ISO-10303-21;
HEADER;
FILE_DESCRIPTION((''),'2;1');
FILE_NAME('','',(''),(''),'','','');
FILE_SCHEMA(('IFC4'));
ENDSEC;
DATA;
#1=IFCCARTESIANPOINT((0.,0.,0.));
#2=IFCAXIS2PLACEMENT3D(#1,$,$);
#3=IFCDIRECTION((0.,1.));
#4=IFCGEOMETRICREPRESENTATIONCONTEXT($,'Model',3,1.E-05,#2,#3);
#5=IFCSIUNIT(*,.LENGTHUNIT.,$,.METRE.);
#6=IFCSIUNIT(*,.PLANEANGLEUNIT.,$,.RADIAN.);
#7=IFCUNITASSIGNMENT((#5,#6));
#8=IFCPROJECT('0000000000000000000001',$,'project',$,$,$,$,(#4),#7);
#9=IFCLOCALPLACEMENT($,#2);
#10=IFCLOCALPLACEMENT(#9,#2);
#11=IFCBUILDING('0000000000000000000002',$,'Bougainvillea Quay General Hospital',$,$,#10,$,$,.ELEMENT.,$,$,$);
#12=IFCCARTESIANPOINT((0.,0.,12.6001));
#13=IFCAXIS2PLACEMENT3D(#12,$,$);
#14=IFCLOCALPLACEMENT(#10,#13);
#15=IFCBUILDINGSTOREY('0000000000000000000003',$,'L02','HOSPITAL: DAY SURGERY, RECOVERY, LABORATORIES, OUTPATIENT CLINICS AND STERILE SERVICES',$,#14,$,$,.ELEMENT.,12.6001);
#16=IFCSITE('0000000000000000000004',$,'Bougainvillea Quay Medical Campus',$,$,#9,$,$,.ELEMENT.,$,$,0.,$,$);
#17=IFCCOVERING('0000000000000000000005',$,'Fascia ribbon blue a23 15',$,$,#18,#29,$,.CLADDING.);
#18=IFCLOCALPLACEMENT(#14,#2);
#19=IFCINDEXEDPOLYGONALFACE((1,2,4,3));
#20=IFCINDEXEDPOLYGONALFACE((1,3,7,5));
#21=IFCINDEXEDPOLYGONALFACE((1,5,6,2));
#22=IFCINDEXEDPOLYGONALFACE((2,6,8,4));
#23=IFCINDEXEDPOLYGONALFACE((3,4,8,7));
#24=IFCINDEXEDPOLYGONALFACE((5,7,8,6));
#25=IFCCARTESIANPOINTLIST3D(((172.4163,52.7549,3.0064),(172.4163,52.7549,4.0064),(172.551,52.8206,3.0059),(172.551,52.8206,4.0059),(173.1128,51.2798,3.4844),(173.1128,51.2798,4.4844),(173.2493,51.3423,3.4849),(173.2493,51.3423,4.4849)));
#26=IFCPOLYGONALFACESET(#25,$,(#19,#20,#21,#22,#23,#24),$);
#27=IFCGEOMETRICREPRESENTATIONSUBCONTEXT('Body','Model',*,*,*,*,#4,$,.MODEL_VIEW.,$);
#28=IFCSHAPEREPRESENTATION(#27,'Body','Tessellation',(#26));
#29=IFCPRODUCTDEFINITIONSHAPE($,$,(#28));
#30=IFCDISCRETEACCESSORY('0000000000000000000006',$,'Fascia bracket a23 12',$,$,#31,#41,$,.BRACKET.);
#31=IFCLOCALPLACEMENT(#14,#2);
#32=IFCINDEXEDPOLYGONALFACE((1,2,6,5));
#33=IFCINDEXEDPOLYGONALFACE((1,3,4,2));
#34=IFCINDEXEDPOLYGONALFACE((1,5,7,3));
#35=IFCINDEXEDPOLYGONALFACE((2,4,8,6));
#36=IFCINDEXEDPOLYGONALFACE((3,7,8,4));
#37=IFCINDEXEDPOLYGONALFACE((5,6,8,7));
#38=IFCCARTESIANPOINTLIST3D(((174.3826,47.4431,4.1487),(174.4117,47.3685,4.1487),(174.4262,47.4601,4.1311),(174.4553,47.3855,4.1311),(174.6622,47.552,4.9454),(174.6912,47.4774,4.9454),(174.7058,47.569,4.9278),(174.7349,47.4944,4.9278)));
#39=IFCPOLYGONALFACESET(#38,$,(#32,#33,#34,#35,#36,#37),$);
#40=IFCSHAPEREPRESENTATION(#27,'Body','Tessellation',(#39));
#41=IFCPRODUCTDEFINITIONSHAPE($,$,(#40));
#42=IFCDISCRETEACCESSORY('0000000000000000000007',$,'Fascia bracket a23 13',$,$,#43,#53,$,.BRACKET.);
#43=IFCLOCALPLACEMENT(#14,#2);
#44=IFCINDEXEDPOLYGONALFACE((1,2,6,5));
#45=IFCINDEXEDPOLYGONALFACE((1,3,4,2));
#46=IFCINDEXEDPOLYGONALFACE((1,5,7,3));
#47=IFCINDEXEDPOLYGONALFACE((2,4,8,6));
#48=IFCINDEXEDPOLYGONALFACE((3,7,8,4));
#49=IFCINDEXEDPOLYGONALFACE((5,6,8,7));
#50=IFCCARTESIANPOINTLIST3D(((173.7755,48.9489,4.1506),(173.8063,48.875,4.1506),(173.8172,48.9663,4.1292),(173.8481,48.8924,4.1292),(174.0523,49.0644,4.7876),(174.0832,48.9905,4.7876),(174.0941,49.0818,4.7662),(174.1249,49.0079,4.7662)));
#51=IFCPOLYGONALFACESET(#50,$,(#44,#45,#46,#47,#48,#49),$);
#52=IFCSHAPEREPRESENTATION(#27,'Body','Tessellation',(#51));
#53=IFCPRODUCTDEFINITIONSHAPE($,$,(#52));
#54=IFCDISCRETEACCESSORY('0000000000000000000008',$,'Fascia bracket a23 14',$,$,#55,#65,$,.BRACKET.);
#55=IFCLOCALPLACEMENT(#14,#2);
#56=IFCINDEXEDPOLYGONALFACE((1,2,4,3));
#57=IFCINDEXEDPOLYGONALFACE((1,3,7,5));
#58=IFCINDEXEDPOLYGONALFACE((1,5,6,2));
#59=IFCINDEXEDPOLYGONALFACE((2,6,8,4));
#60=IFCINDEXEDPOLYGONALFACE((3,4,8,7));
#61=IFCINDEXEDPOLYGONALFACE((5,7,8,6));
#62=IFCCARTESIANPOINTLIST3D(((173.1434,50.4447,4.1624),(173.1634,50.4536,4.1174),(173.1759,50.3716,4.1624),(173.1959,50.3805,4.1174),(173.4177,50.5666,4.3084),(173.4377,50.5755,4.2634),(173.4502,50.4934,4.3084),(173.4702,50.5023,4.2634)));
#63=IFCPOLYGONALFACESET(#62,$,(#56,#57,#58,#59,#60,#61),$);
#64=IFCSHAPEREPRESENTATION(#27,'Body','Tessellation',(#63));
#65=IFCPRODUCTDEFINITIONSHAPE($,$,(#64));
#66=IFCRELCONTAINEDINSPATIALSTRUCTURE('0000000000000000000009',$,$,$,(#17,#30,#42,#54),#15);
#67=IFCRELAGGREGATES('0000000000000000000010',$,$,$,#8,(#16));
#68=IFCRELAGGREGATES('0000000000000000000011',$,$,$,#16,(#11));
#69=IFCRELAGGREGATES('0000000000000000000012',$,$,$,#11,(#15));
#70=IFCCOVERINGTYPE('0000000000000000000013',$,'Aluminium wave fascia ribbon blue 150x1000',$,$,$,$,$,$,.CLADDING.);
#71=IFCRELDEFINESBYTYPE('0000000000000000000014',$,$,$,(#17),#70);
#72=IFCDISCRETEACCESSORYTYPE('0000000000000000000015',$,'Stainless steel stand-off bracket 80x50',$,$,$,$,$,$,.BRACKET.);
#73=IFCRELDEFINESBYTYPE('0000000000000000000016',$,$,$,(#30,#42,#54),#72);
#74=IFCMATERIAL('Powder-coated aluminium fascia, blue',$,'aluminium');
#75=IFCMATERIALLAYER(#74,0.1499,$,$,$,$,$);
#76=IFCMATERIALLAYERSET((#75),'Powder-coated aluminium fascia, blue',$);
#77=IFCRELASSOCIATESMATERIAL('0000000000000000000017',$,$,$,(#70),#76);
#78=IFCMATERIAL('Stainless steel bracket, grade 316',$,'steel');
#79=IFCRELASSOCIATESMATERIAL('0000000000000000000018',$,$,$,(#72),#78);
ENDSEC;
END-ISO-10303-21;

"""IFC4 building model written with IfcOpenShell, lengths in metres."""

from ifc_helpers import new_model, si_unit, direction, frame, origin, origin_2d, place, context, subcontext, project, spatial, polyline, rectangle, outline, extrude, material, layer, layer_set, material_profile, profile_set, type_object, element, save


model = new_model("IFC4")

# Units and contexts
model_context = context("Model", 3, precision=1e-05, world=origin(), true_north=direction((0.0, 1.0)))
body_context = subcontext(model_context, "Body", "Model", "MODEL_VIEW")
ifc_project = project(units=[si_unit("LENGTHUNIT", "METRE"), si_unit("PLANEANGLEUNIT", "RADIAN")], contexts=[model_context])

# Site, building, storey
site_placement = place(None, origin())
site = spatial("IfcSite", under=ifc_project, at=site_placement, Name="Bougainvillea Quay Medical Campus", CompositionType="ELEMENT", RefElevation=0.0)
building_placement = place(site_placement, origin())
building = spatial("IfcBuilding", under=site, at=building_placement, Name="Bougainvillea Quay General Hospital", CompositionType="ELEMENT")
storey_placement = place(building_placement, frame((0.0, 0.0, 12.6001)))
storey = spatial("IfcBuildingStorey", under=building, at=storey_placement, Name="L02", Description="HOSPITAL: DAY SURGERY, RECOVERY, LABORATORIES, OUTPATIENT CLINICS AND STERILE SERVICES", CompositionType="ELEMENT", Elevation=12.6001)

# Covering
ifc_material_1 = material(Name="Powder-coated aluminium fascia, blue", Category="aluminium")
ifc_layer_1 = layer(ifc_material_1, 0.1499)
ifc_layer_set_1 = layer_set([ifc_layer_1], Name="Powder-coated aluminium fascia, blue")
covering_type = type_object("IfcCoveringType", Name="Aluminium wave fascia ribbon blue 150x1000", PredefinedType="CLADDING", material=ifc_layer_set_1)
covering_1_placement = place(storey_placement, frame((173.1128, 51.2798, 3.4844), z_axis=(-0.120138, 0.254235, 0.959652), x_axis=(-0.409758, 0.867773, -0.281192)))
element("IfcCovering", 1, at=covering_1_placement, inside=storey, type_object=covering_type, Name="Fascia ribbon blue a23 15", PredefinedType="CLADDING", context=body_context, shape_type="SweptSolid", body=[
    extrude(outline(polyline([(0.0, 0.0), (1.6999, 0.0), (1.7018, -0.1499), (-0.0018, -0.1501), (0.0, 0.0)])), origin(), (-0.281192, -0.000078, 0.959652), 1.0),
])

# Discrete accessories
ifc_material_2 = material(Name="Stainless steel bracket, grade 316", Category="steel")
ifc_material_profile_1 = material_profile(ifc_material_2, rectangle(XDim=0.0801, YDim=0.05, at=origin_2d()))
ifc_profile_set_1 = profile_set([ifc_material_profile_1], Name="Stainless steel bracket, grade 316")
discrete_accessory_type = type_object("IfcDiscreteAccessoryType", Name="Stainless steel stand-off bracket 80x50", PredefinedType="BRACKET", material=ifc_profile_set_1)
discrete_accessory_1_placement = place(storey_placement, frame((174.4189, 47.4143, 4.1399), z_axis=(0.32839, 0.127914, 0.935841), x_axis=(-0.362957, 0.931806, 0.0)))
element("IfcDiscreteAccessory", 2, at=discrete_accessory_1_placement, inside=storey, type_object=discrete_accessory_type, Name="Fascia bracket a23 12", PredefinedType="BRACKET", context=body_context, shape_type="SweptSolid", body=[
    extrude(rectangle(XDim=0.0801, YDim=0.05, at=origin_2d()), origin(), (0.0, 0.0, 1.0), 0.8513),
])
discrete_accessory_2_placement = place(storey_placement, frame((173.8118, 48.9207, 4.1399), z_axis=(0.393225, 0.164017, 0.904695), x_axis=(-0.384962, 0.922932, 0.0)))
element("IfcDiscreteAccessory", 3, at=discrete_accessory_2_placement, inside=storey, type_object=discrete_accessory_type, Name="Fascia bracket a23 13", PredefinedType="BRACKET", context=body_context, shape_type="SweptSolid", body=[
    extrude(rectangle(XDim=0.0801, YDim=0.05, at=origin_2d()), origin(), (0.0, 0.0, 1.0), 0.7041),
])
discrete_accessory_3_placement = place(storey_placement, frame((173.1697, 50.4126, 4.1399), z_axis=(0.821717, 0.365126, 0.437566), x_axis=(-0.406063, 0.913845, 0.0)))
element("IfcDiscreteAccessory", 4, at=discrete_accessory_3_placement, inside=storey, type_object=discrete_accessory_type, Name="Fascia bracket a23 14", PredefinedType="BRACKET", context=body_context, shape_type="SweptSolid", body=[
    extrude(rectangle(XDim=0.0801, YDim=0.05, at=origin_2d()), origin(), (0.0, 0.0, 1.0), 0.3337),
])

save(model, "model.ifc")
